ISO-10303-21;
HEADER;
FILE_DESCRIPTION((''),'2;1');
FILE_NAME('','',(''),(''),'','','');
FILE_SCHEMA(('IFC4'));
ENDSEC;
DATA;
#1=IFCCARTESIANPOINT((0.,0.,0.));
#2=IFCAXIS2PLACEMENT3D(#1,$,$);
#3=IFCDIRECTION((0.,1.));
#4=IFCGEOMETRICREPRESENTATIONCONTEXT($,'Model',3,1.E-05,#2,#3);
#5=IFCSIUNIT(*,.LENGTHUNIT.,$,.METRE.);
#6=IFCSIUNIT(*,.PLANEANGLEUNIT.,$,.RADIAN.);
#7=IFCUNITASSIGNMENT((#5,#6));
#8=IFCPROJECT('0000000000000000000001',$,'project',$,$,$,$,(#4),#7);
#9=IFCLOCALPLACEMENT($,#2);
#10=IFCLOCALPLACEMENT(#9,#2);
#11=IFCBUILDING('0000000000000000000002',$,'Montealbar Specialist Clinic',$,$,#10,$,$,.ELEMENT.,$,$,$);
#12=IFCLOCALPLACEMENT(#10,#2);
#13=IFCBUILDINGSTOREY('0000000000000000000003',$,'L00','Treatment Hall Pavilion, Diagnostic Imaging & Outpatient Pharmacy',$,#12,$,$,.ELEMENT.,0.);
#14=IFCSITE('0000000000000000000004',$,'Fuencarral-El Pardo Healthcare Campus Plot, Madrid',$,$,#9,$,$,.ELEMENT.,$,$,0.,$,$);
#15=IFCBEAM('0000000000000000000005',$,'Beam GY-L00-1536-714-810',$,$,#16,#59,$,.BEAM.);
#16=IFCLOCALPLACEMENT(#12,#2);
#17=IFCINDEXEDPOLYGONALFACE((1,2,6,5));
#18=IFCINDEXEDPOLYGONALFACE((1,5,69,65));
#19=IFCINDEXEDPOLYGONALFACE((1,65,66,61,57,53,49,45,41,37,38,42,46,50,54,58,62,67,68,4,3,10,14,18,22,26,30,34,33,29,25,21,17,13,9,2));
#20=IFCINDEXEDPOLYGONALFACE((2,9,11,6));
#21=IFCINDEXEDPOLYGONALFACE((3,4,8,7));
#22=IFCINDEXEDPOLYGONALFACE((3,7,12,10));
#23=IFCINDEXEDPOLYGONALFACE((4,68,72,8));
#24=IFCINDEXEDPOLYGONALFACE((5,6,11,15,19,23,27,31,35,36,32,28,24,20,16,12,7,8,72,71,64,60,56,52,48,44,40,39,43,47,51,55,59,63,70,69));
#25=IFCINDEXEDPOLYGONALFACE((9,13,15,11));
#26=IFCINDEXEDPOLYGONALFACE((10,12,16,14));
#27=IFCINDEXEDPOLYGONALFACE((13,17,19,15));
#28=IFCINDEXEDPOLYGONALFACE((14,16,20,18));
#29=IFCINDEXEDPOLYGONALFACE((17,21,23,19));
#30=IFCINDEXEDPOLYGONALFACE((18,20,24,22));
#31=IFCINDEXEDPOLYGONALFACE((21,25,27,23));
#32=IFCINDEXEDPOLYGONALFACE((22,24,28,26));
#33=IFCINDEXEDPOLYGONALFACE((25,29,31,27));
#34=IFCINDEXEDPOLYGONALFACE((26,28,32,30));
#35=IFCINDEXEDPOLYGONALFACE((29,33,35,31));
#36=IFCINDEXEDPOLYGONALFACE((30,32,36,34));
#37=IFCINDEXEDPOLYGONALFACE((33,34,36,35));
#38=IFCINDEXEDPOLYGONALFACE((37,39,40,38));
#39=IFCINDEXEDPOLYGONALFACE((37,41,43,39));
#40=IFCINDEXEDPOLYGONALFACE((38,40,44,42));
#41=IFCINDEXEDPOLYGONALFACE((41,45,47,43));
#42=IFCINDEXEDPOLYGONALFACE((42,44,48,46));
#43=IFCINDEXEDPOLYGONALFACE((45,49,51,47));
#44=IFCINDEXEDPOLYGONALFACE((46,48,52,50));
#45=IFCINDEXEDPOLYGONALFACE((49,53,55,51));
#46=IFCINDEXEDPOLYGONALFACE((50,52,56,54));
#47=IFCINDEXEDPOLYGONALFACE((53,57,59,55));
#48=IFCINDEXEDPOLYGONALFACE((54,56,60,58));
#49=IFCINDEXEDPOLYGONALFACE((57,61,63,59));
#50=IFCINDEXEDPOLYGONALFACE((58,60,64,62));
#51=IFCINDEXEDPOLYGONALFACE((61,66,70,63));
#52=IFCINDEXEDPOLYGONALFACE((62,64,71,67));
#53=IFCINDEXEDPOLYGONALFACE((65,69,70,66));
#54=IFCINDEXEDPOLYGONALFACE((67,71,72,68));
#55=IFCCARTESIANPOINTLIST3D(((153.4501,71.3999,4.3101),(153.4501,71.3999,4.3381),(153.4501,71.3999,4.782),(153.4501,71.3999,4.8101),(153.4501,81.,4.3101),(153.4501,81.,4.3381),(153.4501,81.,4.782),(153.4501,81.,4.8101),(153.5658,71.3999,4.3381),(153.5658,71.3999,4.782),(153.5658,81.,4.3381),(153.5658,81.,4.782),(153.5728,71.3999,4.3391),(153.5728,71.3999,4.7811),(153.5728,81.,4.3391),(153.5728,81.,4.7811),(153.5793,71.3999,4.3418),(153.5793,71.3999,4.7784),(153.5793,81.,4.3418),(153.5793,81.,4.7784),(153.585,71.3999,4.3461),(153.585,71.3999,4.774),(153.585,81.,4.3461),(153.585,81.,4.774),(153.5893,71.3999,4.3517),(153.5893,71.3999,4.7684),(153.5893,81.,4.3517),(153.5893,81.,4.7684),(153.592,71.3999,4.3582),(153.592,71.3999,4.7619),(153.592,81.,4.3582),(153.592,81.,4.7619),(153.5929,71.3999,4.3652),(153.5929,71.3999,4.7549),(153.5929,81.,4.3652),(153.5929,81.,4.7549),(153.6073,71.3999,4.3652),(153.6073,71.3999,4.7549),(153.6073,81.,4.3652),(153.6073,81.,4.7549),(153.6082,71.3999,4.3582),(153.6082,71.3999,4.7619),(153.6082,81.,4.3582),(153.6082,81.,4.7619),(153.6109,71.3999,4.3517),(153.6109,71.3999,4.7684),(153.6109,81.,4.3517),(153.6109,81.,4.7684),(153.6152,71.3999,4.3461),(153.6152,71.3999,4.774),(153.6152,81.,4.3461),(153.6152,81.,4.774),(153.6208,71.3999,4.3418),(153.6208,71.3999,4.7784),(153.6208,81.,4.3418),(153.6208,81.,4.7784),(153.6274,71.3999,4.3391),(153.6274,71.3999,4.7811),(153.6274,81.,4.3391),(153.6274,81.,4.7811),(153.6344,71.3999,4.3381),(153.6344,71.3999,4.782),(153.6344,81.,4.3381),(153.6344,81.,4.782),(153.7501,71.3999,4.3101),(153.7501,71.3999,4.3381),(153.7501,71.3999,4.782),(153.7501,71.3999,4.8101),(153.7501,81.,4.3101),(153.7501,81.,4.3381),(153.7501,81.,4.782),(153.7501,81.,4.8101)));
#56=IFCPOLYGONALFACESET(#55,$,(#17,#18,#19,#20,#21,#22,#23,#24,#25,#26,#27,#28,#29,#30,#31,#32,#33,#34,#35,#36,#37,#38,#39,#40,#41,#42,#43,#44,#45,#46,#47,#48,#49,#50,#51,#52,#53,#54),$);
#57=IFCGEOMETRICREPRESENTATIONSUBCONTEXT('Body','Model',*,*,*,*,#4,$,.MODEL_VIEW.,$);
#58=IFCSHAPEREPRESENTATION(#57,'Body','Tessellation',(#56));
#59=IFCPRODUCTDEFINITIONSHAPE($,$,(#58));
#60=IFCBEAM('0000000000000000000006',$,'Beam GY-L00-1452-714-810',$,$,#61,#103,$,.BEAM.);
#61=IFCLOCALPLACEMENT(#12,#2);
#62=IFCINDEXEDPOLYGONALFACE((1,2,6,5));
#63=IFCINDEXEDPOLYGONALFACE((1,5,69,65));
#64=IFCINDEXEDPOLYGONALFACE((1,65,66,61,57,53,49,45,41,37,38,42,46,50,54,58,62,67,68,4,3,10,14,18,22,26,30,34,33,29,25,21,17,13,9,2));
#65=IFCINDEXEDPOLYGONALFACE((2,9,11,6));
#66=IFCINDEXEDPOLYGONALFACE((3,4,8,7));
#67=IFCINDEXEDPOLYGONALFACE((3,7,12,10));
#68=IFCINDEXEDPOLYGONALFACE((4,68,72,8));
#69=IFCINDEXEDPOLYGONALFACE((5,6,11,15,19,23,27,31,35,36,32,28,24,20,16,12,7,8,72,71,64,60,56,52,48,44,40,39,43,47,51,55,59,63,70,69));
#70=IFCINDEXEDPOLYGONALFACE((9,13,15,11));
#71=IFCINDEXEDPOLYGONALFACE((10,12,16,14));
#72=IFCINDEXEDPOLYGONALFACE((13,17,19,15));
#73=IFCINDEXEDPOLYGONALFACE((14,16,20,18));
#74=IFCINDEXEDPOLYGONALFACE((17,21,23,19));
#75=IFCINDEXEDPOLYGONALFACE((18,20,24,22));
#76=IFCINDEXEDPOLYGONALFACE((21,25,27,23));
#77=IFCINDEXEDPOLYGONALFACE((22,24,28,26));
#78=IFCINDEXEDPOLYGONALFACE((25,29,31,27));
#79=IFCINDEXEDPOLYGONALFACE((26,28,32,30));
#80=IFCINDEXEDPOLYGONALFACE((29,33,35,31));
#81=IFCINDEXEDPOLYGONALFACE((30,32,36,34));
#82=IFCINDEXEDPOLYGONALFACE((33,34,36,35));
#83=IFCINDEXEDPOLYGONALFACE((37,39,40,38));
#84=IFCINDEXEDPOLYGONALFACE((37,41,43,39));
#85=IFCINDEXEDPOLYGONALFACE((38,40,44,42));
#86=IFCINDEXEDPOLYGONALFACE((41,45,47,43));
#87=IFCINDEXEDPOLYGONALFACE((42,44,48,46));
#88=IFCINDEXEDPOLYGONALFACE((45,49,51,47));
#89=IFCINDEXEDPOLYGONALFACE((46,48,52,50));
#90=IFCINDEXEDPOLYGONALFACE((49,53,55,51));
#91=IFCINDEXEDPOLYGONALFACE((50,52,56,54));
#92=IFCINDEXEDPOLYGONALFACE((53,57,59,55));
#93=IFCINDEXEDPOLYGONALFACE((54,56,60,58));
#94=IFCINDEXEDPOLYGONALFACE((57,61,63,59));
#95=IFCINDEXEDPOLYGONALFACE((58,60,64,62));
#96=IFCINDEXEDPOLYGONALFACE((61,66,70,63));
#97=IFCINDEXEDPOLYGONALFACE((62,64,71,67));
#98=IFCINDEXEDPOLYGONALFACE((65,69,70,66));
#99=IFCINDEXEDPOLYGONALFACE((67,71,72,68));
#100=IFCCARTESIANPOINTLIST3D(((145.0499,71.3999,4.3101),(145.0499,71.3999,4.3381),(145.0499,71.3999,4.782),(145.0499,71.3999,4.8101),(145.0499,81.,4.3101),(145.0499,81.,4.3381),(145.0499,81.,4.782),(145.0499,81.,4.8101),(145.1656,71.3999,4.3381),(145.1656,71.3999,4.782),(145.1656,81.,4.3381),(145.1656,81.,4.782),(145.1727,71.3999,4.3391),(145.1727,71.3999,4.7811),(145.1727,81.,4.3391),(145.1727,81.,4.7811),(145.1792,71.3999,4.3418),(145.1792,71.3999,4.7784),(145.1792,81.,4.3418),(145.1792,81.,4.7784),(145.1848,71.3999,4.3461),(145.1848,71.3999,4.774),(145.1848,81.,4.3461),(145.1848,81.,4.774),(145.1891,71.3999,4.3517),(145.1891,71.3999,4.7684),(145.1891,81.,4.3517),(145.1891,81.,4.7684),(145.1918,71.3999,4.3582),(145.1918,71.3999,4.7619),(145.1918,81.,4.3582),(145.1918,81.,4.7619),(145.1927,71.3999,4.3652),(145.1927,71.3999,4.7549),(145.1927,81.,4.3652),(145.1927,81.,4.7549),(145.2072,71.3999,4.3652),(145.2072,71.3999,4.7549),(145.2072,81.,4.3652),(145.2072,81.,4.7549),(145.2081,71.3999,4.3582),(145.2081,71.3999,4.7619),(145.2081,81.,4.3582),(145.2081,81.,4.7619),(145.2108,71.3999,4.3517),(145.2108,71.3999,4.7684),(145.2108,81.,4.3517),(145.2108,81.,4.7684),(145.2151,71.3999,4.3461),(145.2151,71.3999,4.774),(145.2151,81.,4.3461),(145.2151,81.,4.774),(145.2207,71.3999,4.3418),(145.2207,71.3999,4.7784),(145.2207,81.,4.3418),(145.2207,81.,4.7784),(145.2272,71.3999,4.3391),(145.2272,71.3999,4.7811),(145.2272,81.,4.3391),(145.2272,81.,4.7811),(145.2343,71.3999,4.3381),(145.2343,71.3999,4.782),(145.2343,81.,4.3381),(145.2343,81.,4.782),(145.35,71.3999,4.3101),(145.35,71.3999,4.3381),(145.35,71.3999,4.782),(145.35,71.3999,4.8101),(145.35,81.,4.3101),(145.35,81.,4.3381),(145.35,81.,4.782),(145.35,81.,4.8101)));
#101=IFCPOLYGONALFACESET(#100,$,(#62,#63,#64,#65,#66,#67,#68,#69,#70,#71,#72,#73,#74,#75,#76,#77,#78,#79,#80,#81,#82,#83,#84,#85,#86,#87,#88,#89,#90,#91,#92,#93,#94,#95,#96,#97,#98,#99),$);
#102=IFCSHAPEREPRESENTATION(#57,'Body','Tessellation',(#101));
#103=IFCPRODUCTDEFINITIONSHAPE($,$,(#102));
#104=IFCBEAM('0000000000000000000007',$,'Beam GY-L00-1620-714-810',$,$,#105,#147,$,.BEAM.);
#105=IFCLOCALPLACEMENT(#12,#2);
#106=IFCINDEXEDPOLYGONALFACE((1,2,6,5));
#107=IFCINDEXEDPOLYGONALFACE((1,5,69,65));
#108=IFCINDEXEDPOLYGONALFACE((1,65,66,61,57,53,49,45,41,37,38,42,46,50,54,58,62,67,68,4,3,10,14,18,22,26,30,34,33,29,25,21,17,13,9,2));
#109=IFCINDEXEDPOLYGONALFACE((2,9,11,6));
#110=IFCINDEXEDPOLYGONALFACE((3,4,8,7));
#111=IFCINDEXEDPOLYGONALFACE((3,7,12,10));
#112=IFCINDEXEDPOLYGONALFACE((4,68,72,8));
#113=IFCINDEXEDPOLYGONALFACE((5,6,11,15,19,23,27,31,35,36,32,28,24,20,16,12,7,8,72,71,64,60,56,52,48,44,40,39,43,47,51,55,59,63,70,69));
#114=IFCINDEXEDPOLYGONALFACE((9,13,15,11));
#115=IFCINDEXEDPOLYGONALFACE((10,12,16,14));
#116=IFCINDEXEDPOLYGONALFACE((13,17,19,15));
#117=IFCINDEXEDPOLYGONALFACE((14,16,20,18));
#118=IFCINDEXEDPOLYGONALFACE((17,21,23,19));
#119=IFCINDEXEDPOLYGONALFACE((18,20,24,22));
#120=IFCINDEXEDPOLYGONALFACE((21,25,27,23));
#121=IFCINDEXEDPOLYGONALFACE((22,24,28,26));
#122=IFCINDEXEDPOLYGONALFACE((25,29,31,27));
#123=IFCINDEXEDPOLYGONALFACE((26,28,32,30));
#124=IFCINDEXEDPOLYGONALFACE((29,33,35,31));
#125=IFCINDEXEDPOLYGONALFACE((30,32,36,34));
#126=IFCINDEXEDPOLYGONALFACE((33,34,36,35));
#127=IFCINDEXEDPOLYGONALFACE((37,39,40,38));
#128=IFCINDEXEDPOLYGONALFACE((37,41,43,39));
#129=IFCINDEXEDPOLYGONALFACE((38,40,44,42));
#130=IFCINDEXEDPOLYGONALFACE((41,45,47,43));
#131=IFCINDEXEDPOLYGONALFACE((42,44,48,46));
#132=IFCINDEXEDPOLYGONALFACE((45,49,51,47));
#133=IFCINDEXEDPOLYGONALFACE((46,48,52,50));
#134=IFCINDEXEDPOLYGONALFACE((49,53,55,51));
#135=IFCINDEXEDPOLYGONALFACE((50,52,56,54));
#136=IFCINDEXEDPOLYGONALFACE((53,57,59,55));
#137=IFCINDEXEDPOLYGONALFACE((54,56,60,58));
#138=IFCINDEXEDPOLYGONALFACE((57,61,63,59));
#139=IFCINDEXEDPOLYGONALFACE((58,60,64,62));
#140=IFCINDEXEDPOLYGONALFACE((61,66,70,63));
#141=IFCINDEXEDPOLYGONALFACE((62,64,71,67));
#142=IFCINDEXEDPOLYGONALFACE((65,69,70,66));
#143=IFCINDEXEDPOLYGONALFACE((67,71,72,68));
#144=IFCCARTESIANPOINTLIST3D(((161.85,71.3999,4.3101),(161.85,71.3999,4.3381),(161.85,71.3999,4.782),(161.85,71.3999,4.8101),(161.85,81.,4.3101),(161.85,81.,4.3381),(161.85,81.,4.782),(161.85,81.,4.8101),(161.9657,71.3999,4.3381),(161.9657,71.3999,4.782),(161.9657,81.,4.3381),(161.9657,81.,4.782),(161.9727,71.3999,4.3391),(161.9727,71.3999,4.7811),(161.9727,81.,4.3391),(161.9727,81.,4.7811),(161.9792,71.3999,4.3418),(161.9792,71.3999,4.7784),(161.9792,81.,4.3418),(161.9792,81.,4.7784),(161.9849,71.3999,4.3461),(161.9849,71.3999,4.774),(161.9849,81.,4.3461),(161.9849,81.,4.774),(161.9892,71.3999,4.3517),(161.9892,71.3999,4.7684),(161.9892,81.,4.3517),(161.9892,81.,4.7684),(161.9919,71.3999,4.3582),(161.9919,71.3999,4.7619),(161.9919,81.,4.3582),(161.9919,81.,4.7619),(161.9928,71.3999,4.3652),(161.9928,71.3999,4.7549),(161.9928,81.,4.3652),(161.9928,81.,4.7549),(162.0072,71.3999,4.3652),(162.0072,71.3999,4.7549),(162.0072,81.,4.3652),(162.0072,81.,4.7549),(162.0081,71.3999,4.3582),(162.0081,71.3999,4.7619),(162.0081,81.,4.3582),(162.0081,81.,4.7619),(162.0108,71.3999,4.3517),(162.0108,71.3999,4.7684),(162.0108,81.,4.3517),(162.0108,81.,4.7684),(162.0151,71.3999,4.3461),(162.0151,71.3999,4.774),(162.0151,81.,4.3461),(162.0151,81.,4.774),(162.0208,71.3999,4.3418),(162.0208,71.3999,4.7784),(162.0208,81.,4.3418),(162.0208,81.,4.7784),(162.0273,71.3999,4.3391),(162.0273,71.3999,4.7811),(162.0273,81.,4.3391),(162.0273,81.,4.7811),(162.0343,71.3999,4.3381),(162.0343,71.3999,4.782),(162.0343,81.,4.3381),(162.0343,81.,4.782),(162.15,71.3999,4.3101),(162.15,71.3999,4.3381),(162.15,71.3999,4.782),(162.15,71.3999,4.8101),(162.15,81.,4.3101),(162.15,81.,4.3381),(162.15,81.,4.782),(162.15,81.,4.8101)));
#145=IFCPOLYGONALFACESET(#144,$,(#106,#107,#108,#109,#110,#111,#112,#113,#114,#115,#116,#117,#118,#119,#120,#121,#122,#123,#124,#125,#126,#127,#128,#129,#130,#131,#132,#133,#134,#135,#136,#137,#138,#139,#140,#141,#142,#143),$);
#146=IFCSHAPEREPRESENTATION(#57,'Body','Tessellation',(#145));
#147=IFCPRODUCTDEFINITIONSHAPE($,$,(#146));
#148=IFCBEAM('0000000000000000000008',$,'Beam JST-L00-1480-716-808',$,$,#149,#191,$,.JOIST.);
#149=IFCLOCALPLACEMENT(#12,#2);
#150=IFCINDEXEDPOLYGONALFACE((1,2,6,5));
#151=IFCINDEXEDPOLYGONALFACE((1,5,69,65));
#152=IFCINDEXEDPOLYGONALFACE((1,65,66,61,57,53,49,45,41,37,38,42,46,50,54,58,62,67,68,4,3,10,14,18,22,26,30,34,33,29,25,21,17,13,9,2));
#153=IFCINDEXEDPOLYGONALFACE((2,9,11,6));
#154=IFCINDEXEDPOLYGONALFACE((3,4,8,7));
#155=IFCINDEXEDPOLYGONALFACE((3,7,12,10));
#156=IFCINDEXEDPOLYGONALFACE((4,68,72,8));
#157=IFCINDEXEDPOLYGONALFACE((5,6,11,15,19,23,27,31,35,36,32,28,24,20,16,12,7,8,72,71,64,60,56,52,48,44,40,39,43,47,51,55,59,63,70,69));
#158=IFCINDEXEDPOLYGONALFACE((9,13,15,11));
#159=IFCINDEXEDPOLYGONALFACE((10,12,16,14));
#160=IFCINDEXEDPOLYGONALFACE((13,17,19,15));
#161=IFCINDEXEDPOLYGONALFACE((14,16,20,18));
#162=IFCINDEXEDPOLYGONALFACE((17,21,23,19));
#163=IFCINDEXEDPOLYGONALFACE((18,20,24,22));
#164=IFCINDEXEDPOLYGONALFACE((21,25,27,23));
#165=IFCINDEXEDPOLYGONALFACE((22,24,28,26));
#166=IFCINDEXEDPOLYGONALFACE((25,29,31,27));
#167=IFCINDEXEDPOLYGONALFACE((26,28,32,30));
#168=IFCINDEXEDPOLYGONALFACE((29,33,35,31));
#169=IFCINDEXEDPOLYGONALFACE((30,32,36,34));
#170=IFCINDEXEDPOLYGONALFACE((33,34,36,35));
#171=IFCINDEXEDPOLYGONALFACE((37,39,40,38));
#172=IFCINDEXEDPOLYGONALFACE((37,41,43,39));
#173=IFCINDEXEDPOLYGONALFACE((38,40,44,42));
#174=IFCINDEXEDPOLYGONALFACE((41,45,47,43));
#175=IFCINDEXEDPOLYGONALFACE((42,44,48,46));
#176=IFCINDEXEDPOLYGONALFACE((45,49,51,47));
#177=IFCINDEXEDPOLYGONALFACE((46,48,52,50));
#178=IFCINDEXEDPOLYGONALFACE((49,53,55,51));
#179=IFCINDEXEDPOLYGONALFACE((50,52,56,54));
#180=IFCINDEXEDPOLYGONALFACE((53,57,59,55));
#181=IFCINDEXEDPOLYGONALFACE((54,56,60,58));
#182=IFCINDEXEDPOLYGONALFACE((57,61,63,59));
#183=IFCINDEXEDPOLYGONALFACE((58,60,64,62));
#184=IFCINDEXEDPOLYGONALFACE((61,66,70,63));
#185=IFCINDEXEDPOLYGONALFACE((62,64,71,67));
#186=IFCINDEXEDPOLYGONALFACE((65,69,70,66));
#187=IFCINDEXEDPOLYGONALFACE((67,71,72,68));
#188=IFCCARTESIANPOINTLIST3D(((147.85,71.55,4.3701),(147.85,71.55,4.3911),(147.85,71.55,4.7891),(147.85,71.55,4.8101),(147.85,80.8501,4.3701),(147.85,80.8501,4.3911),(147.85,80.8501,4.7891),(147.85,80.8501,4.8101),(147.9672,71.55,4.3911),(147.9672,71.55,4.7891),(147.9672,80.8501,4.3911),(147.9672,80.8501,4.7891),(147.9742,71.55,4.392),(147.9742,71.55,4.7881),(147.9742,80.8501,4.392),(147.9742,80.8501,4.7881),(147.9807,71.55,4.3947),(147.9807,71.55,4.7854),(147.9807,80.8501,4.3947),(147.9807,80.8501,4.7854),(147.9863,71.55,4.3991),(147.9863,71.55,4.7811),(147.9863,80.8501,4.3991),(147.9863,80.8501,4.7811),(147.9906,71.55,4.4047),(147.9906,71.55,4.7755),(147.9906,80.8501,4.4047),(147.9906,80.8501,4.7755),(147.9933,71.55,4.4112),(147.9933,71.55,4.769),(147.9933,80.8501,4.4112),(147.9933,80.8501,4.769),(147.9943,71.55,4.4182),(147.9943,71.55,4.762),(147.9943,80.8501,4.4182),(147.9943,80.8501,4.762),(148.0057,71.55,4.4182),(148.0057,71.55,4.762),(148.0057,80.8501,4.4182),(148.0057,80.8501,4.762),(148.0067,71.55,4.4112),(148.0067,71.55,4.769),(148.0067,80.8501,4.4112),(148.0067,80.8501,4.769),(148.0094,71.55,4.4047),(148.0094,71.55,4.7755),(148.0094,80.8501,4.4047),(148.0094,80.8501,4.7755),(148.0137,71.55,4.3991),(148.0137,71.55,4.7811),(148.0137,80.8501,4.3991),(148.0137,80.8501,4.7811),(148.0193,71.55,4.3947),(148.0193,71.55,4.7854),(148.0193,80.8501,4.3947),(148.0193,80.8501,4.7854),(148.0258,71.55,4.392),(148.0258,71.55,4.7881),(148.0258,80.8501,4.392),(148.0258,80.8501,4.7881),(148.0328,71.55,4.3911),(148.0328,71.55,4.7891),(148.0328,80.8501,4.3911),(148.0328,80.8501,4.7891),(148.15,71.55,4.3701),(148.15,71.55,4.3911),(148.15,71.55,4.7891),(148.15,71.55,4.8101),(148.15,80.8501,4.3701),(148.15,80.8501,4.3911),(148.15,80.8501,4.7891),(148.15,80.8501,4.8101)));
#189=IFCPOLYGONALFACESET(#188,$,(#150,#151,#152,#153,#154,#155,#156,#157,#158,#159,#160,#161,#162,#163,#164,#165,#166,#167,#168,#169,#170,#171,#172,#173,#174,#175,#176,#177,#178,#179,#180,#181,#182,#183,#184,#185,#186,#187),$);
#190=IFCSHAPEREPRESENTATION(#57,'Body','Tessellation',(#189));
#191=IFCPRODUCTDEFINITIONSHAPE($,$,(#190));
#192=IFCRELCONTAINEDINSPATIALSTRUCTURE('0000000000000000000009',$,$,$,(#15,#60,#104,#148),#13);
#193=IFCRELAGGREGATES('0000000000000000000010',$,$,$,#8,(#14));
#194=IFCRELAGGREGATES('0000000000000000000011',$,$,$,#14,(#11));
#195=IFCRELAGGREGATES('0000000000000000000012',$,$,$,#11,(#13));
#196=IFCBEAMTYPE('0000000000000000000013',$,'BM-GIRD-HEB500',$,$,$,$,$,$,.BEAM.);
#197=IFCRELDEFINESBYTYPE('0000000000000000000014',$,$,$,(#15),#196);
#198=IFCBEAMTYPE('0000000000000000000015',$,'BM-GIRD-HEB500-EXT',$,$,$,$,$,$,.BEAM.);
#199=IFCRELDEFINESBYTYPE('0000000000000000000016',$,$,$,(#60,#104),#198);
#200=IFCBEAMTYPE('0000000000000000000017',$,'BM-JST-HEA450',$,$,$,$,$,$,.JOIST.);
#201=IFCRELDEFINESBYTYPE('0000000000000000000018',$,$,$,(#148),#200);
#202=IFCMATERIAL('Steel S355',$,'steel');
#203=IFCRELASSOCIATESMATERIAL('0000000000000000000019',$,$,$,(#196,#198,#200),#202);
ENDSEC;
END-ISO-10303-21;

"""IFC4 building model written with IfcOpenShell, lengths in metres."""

from ifc_helpers import new_model, si_unit, direction, frame, origin, origin_2d, place, context, subcontext, project, spatial, i_section, extrude, material, material_profile, profile_set, type_object, element, save


model = new_model("IFC4")

# Units and contexts
model_context = context("Model", 3, precision=1e-05, world=origin(), true_north=direction((0.0, 1.0)))
body_context = subcontext(model_context, "Body", "Model", "MODEL_VIEW")
ifc_project = project(units=[si_unit("LENGTHUNIT", "METRE"), si_unit("PLANEANGLEUNIT", "RADIAN")], contexts=[model_context])

# Site, building, storey
site_placement = place(None, origin())
site = spatial("IfcSite", under=ifc_project, at=site_placement, Name="Fuencarral-El Pardo Healthcare Campus Plot, Madrid", CompositionType="ELEMENT", RefElevation=0.0)
building_placement = place(site_placement, origin())
building = spatial("IfcBuilding", under=site, at=building_placement, Name="Montealbar Specialist Clinic", CompositionType="ELEMENT")
storey_placement = place(building_placement, origin())
storey = spatial("IfcBuildingStorey", under=building, at=storey_placement, Name="L00", Description="Treatment Hall Pavilion, Diagnostic Imaging & Outpatient Pharmacy", CompositionType="ELEMENT", Elevation=0.0)

# Shared definitions
ifc_material_1 = material(Name="Steel S355", Category="steel")

# Beams
ifc_material_profile_1 = material_profile(ifc_material_1, i_section(OverallWidth=0.3, OverallDepth=0.5, WebThickness=0.0144, FlangeThickness=0.0281, FilletRadius=0.0271, at=origin_2d()), Name="HEB 500", Category="steel")
ifc_profile_set_1 = profile_set([ifc_material_profile_1], Name="Steel S355")
beam_type_1 = type_object("IfcBeamType", Name="BM-GIRD-HEB500", PredefinedType="BEAM", material=ifc_profile_set_1)
beam_1_placement = place(storey_placement, frame((153.6001, 71.3999, 4.5601), z_axis=(0.0, 1.0, 0.0), x_axis=(-1.0, 0.0, 0.0)))
element("IfcBeam", 1, at=beam_1_placement, inside=storey, type_object=beam_type_1, Name="Beam GY-L00-1536-714-810", PredefinedType="BEAM", context=body_context, shape_type="SweptSolid", body=[
    extrude(i_section(OverallWidth=0.3, OverallDepth=0.5, WebThickness=0.0144, FlangeThickness=0.0281, FilletRadius=0.0271, at=origin_2d()), origin(), (0.0, 0.0, 1.0), 9.6001),
])
ifc_material_profile_2 = material_profile(ifc_material_1, i_section(OverallWidth=0.3, OverallDepth=0.5, WebThickness=0.0144, FlangeThickness=0.0281, FilletRadius=0.0271, at=origin_2d()), Name="HEB 500", Category="steel")
ifc_profile_set_2 = profile_set([ifc_material_profile_2], Name="Steel S355")
beam_type_2 = type_object("IfcBeamType", Name="BM-GIRD-HEB500-EXT", PredefinedType="BEAM", material=ifc_profile_set_2)
for number, where, z_axis, x_axis, name in (
    (2, (145.2, 71.3999, 4.5601), (0.0, 1.0, 0.0), (-1.0, 0.0, 0.0), "Beam GY-L00-1452-714-810"),
    (3, (162.0, 71.3999, 4.5601), (0.0, 1.0, 0.0), (-1.0, 0.0, 0.0), "Beam GY-L00-1620-714-810"),
):
    element("IfcBeam", number, at=place(storey_placement, frame(where, z_axis=z_axis, x_axis=x_axis)), inside=storey, type_object=beam_type_2, Name=name, PredefinedType="BEAM", context=body_context, shape_type="SweptSolid", body=[
        extrude(i_section(OverallWidth=0.3, OverallDepth=0.5, WebThickness=0.0144, FlangeThickness=0.0281, FilletRadius=0.0271, at=origin_2d()), origin(), (0.0, 0.0, 1.0), 9.6001),
    ])
ifc_material_profile_3 = material_profile(ifc_material_1, i_section(OverallWidth=0.3, OverallDepth=0.4399, WebThickness=0.0115, FlangeThickness=0.021, FilletRadius=0.0271, at=origin_2d()), Name="HEA 450", Category="steel")
ifc_profile_set_3 = profile_set([ifc_material_profile_3], Name="Steel S355")
beam_type_3 = type_object("IfcBeamType", Name="BM-JST-HEA450", PredefinedType="JOIST", material=ifc_profile_set_3)
beam_2_placement = place(storey_placement, frame((148.0, 71.55, 4.5901), z_axis=(0.0, 1.0, 0.0), x_axis=(-1.0, 0.0, 0.0)))
element("IfcBeam", 4, at=beam_2_placement, inside=storey, type_object=beam_type_3, Name="Beam JST-L00-1480-716-808", PredefinedType="JOIST", context=body_context, shape_type="SweptSolid", body=[
    extrude(i_section(OverallWidth=0.3, OverallDepth=0.4399, WebThickness=0.0115, FlangeThickness=0.021, FilletRadius=0.0271, at=origin_2d()), origin(), (0.0, 0.0, 1.0), 9.3),
])

save(model, "model.ifc")
